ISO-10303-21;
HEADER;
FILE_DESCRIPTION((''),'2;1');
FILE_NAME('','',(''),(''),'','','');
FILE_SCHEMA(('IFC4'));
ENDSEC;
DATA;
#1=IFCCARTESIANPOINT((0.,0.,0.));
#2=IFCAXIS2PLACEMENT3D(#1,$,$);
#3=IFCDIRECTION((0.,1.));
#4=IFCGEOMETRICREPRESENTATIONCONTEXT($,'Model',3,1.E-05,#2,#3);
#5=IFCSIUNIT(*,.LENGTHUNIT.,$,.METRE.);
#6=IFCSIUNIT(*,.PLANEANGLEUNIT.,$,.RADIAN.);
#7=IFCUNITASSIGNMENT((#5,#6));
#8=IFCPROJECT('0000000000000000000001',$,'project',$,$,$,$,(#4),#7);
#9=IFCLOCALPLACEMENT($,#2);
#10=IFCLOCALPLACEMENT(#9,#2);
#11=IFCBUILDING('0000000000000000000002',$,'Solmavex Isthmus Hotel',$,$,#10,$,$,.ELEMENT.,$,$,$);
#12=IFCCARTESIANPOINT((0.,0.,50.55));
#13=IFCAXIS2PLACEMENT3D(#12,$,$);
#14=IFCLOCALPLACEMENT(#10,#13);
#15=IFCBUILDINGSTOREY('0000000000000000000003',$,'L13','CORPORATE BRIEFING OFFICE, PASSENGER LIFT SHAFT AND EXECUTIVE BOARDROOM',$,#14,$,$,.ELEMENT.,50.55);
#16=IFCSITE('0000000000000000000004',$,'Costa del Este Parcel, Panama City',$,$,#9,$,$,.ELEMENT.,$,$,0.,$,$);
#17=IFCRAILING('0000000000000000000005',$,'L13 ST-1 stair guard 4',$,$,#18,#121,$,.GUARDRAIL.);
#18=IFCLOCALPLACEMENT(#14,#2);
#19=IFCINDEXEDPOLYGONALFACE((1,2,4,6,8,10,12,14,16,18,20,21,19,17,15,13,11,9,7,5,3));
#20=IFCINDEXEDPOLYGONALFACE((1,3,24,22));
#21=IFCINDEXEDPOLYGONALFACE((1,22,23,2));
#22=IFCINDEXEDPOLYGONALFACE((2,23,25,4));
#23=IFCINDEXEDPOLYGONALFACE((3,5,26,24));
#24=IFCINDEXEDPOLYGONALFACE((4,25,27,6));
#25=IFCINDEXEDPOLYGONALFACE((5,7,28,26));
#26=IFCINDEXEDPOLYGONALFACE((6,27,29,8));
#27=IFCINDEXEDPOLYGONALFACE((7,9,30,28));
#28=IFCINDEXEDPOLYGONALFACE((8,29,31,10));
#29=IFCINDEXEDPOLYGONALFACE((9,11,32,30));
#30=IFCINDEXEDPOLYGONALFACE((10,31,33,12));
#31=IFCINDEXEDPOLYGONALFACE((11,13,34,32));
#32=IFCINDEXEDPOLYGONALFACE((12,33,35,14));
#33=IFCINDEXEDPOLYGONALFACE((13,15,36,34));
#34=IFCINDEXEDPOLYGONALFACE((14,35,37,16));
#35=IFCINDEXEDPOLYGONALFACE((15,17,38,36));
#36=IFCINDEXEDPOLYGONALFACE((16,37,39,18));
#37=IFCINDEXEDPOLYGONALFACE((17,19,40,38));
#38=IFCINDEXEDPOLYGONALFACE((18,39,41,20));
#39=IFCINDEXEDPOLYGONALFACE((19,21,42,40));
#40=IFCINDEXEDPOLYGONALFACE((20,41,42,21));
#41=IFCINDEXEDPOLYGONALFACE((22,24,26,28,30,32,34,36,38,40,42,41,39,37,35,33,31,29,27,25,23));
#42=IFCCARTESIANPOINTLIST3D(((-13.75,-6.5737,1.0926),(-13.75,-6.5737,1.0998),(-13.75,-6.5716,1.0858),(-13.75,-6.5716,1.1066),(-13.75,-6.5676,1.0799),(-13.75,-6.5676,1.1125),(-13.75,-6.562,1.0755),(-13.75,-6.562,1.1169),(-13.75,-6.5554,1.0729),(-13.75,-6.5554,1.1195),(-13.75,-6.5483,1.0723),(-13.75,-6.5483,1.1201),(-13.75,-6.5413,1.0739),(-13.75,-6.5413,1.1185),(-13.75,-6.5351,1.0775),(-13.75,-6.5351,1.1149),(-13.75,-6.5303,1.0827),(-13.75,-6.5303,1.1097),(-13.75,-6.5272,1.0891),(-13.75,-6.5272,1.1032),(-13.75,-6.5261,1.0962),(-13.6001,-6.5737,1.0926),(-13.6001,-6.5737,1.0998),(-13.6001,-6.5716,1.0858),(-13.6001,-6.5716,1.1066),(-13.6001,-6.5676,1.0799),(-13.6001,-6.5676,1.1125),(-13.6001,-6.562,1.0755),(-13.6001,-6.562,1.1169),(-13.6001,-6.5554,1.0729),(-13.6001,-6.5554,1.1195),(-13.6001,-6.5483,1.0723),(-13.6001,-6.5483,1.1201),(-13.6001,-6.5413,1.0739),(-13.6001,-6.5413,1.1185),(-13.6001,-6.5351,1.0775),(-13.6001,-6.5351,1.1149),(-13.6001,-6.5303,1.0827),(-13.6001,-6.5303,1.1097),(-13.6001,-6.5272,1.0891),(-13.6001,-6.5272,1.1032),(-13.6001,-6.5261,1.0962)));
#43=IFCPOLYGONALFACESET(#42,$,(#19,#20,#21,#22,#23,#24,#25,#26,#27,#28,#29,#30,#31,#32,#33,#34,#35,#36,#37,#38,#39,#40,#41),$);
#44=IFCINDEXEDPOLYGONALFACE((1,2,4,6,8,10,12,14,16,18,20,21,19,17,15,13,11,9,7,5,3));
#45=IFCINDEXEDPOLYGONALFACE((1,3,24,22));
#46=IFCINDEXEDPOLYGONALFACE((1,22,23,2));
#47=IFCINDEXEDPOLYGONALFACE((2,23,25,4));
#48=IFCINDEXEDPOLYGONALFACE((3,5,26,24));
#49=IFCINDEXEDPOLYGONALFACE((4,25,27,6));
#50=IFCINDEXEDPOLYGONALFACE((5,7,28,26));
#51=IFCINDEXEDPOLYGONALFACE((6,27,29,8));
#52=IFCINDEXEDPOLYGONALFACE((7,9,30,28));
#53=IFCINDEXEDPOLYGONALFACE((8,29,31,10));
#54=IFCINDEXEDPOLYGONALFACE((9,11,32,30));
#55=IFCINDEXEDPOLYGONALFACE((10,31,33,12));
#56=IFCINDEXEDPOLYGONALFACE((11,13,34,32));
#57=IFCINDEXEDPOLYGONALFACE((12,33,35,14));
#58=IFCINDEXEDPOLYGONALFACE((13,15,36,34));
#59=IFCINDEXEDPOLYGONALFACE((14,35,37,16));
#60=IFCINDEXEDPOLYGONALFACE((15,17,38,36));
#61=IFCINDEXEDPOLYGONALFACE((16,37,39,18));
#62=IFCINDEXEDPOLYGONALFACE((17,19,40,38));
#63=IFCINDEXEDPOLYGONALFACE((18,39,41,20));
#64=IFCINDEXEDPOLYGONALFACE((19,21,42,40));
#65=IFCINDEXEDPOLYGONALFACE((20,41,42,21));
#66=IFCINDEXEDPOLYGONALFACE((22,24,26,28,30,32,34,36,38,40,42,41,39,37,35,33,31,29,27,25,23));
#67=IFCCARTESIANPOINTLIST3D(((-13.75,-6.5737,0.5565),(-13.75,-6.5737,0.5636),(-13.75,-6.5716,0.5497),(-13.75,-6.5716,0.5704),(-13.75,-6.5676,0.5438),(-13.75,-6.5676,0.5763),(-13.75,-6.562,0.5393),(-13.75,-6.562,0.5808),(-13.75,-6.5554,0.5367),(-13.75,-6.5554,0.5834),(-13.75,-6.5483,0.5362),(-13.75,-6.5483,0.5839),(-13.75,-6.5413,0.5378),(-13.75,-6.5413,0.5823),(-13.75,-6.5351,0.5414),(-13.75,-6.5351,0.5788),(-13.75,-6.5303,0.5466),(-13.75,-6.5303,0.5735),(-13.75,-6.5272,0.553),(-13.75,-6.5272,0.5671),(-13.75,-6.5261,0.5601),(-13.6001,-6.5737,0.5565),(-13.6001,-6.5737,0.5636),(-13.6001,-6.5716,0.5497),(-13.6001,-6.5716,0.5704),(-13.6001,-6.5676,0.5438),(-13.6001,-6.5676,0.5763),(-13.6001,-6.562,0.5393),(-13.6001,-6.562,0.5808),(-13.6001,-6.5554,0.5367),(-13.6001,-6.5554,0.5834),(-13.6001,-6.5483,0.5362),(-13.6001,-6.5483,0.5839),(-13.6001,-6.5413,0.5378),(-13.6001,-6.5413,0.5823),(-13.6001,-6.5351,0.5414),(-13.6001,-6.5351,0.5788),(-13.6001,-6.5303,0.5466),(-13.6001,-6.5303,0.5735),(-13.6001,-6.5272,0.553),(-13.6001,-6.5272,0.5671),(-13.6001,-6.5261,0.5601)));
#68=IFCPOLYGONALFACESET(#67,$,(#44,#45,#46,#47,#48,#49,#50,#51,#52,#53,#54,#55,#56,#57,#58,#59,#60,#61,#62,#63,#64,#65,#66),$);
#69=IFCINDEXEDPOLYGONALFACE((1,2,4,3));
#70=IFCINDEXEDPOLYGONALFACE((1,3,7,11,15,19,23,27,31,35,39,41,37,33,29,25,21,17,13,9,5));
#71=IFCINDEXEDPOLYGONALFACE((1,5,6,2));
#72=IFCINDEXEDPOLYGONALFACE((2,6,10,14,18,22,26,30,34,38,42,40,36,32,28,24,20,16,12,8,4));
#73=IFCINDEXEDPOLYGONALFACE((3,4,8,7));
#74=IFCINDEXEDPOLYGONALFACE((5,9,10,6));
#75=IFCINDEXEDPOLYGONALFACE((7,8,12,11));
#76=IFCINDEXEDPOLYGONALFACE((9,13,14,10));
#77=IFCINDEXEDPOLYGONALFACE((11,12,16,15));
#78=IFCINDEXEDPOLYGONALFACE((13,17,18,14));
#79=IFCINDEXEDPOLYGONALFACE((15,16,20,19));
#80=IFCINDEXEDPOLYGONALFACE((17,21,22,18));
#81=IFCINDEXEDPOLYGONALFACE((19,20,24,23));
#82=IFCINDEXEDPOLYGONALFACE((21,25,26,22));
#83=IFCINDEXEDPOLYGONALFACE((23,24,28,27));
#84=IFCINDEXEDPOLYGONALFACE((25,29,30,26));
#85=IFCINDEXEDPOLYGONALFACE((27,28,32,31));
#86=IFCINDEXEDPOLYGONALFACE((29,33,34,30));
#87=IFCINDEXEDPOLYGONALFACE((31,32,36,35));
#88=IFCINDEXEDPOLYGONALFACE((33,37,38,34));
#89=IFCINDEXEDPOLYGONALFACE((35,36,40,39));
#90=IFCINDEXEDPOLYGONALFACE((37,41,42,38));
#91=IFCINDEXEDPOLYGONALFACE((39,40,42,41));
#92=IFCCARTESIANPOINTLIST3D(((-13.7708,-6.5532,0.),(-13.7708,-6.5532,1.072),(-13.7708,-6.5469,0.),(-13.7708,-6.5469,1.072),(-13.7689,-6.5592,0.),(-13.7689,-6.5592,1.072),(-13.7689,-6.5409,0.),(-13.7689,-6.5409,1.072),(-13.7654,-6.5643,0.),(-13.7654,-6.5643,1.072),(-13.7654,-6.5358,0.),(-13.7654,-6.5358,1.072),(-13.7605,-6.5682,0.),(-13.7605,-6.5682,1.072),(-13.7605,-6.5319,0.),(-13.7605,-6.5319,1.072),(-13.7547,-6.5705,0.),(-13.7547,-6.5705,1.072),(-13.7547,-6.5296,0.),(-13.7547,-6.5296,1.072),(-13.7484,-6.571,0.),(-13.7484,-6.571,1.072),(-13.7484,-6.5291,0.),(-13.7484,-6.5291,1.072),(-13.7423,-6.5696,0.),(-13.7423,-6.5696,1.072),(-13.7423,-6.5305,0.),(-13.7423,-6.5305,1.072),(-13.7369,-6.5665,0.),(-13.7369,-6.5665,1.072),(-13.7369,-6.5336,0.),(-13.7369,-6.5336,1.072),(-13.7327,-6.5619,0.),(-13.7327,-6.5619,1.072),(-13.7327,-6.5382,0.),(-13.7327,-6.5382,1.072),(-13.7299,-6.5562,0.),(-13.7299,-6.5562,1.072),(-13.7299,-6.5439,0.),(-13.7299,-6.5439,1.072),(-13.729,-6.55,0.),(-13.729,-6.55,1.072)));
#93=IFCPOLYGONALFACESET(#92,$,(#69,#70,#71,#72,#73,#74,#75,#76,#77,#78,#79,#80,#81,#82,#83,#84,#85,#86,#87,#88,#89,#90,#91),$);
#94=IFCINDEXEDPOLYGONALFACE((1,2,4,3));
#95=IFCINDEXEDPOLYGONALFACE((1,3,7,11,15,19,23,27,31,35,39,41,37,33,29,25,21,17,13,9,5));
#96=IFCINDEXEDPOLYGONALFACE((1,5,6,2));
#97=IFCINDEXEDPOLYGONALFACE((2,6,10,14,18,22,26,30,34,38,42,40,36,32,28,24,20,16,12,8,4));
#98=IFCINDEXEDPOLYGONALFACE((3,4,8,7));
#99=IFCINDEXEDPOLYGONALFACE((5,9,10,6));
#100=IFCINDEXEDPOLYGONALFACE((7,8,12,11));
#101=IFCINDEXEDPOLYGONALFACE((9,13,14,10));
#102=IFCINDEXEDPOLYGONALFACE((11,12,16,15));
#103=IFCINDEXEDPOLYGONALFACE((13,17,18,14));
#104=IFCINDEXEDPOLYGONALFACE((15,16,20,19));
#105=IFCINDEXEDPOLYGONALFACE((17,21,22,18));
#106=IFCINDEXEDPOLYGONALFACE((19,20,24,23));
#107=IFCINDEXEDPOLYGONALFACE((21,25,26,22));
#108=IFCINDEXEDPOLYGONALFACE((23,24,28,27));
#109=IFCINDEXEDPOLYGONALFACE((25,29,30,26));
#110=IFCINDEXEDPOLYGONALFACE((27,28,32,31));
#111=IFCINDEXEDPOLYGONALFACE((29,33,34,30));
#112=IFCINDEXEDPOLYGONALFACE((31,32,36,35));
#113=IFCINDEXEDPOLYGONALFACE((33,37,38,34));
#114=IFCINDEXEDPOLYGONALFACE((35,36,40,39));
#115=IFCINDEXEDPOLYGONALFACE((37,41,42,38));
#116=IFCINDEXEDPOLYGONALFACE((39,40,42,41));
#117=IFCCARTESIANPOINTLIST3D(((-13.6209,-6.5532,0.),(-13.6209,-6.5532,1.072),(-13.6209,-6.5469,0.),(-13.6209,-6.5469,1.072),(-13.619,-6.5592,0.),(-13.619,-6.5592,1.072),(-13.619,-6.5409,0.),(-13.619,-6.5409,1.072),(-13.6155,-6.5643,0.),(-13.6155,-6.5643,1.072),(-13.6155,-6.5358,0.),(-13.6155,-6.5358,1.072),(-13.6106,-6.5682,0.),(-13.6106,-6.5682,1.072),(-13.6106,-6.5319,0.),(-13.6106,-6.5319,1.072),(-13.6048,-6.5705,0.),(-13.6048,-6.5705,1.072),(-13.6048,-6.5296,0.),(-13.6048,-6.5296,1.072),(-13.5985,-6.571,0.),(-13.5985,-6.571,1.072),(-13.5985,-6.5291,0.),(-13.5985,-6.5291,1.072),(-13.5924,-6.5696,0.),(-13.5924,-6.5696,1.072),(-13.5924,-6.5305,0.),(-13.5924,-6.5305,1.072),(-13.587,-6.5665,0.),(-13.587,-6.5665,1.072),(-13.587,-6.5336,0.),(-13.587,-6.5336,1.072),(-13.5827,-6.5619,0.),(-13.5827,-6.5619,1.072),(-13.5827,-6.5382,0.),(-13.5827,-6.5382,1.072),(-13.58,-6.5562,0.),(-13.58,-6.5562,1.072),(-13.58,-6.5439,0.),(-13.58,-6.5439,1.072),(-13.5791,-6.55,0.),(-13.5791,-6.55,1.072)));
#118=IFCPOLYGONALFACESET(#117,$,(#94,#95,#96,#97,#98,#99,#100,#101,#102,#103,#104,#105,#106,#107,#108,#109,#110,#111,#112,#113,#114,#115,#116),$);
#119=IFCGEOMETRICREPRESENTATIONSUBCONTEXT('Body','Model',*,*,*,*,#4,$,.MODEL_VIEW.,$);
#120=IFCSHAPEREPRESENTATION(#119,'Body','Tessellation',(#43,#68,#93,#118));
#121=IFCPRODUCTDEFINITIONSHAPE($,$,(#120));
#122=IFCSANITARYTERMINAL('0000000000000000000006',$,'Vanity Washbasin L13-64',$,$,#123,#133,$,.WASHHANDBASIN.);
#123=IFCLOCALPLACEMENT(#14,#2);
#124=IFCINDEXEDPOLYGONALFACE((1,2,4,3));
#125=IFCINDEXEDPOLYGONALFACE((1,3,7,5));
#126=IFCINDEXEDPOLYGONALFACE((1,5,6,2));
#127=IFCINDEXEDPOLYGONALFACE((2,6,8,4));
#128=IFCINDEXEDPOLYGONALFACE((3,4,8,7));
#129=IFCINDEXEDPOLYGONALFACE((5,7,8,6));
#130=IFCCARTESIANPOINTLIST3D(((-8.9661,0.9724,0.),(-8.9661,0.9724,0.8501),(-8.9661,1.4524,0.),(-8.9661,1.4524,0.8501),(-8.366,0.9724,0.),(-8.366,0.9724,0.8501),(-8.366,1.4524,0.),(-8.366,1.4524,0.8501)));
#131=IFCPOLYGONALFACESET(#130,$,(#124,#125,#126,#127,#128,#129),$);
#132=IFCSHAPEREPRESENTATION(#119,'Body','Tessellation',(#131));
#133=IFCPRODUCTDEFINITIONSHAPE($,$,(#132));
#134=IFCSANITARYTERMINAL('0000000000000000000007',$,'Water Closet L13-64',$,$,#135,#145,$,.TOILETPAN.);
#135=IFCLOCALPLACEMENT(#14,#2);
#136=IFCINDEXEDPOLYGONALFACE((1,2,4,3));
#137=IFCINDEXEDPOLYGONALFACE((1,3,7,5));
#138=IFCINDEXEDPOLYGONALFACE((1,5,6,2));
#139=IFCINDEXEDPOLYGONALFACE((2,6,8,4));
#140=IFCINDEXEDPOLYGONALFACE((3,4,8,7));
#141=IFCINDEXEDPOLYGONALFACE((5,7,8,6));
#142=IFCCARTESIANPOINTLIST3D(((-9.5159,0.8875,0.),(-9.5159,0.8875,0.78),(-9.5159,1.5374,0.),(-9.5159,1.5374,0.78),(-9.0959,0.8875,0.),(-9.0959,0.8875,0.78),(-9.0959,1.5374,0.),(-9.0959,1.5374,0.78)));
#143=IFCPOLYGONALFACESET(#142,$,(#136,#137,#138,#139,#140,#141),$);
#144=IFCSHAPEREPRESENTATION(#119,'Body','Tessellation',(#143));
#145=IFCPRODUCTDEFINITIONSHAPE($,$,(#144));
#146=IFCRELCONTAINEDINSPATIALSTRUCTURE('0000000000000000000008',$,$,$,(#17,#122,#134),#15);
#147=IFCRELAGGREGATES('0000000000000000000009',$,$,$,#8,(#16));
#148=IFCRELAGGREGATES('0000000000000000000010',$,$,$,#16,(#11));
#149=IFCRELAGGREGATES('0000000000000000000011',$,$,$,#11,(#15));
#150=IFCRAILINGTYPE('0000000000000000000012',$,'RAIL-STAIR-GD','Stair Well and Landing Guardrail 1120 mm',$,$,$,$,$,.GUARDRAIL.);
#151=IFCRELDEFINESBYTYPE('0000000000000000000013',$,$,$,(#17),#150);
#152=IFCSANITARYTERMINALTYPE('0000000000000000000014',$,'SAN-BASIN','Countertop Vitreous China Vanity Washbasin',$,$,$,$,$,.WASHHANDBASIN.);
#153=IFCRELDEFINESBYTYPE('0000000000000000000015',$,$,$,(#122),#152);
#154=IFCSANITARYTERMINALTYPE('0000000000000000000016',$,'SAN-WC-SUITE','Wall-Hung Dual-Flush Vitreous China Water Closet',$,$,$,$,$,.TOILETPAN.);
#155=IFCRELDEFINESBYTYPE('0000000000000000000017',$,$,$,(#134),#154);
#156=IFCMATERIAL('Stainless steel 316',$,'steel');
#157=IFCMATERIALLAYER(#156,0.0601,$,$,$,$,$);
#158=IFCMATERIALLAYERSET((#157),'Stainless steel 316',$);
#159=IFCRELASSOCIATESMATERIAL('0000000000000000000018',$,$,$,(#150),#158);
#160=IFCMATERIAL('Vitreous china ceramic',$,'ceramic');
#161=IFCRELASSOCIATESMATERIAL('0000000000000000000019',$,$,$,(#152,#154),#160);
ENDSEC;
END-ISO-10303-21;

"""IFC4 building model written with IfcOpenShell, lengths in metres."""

from ifc_helpers import new_model, si_unit, direction, frame, origin, origin_2d, place, context, subcontext, project, spatial, rectangle, circle, extrude, material, layer, layer_set, type_object, element, save


model = new_model("IFC4")

# Units and contexts
model_context = context("Model", 3, precision=1e-05, world=origin(), true_north=direction((0.0, 1.0)))
body_context = subcontext(model_context, "Body", "Model", "MODEL_VIEW")
ifc_project = project(units=[si_unit("LENGTHUNIT", "METRE"), si_unit("PLANEANGLEUNIT", "RADIAN")], contexts=[model_context])

# Site, building, storey
site_placement = place(None, origin())
site = spatial("IfcSite", under=ifc_project, at=site_placement, Name="Costa del Este Parcel, Panama City", CompositionType="ELEMENT", RefElevation=0.0)
building_placement = place(site_placement, origin())
building = spatial("IfcBuilding", under=site, at=building_placement, Name="Solmavex Isthmus Hotel", CompositionType="ELEMENT")
storey_placement = place(building_placement, frame((0.0, 0.0, 50.55)))
storey = spatial("IfcBuildingStorey", under=building, at=storey_placement, Name="L13", Description="CORPORATE BRIEFING OFFICE, PASSENGER LIFT SHAFT AND EXECUTIVE BOARDROOM", CompositionType="ELEMENT", Elevation=50.55)

# Railing
ifc_material_1 = material(Name="Stainless steel 316", Category="steel")
ifc_layer_1 = layer(ifc_material_1, 0.0601)
ifc_layer_set_1 = layer_set([ifc_layer_1], Name="Stainless steel 316")
railing_type_1 = type_object("IfcRailingType", Name="RAIL-STAIR-GD", Description="Stair Well and Landing Guardrail 1120 mm", PredefinedType="GUARDRAIL", material=ifc_layer_set_1)
railing_1_placement = place(storey_placement, frame((-13.75, -6.55, 0.0)))
element("IfcRailing", 1, at=railing_1_placement, inside=storey, type_object=railing_type_1, Name="L13 ST-1 stair guard 4", PredefinedType="GUARDRAIL", context=body_context, shape_type="SweptSolid", body=[
    extrude(circle(Radius=0.0239, at=origin_2d()), frame((0.0, 0.0, 1.0962), z_axis=(1.0, 0.0, 0.0), x_axis=(0.0, 1.0, 0.0)), (0.0, 0.0, 1.0), 0.1499),
    extrude(circle(Radius=0.0239, at=origin_2d()), frame((0.0, 0.0, 0.5601), z_axis=(1.0, 0.0, 0.0), x_axis=(0.0, 1.0, 0.0)), (0.0, 0.0, 1.0), 0.1499),
    extrude(circle(Radius=0.021, at=origin_2d()), origin(), (0.0, 0.0, 1.0), 1.072),
    extrude(circle(Radius=0.021, at=origin_2d()), frame((0.1499, 0.0, 0.0)), (0.0, 0.0, 1.0), 1.072),
])

# Sanitary terminals
ifc_material_2 = material(Name="Vitreous china ceramic", Category="ceramic")
sanitary_terminal_type_1 = type_object("IfcSanitaryTerminalType", Name="SAN-BASIN", Description="Countertop Vitreous China Vanity Washbasin", PredefinedType="WASHHANDBASIN", material=ifc_material_2)
sanitary_terminal_1_placement = place(storey_placement, frame((-8.666, 1.2124, 0.0), z_axis=(0.0, 0.0, 1.0), x_axis=(1.0, 0.0, 0.0)))
element("IfcSanitaryTerminal", 2, at=sanitary_terminal_1_placement, inside=storey, type_object=sanitary_terminal_type_1, Name="Vanity Washbasin L13-64", PredefinedType="WASHHANDBASIN", context=body_context, shape_type="SweptSolid", body=[
    extrude(rectangle(XDim=0.6001, YDim=0.48, at=origin_2d()), origin(), (0.0, 0.0, 1.0), 0.8501),
])
sanitary_terminal_type_2 = type_object("IfcSanitaryTerminalType", Name="SAN-WC-SUITE", Description="Wall-Hung Dual-Flush Vitreous China Water Closet", PredefinedType="TOILETPAN", material=ifc_material_2)
sanitary_terminal_2_placement = place(storey_placement, frame((-9.3059, 1.2124, 0.0), z_axis=(0.0, 0.0, 1.0), x_axis=(1.0, 0.0, 0.0)))
element("IfcSanitaryTerminal", 3, at=sanitary_terminal_2_placement, inside=storey, type_object=sanitary_terminal_type_2, Name="Water Closet L13-64", PredefinedType="TOILETPAN", context=body_context, shape_type="SweptSolid", body=[
    extrude(rectangle(XDim=0.4199, YDim=0.6499, at=origin_2d()), origin(), (0.0, 0.0, 1.0), 0.78),
])

save(model, "model.ifc")
